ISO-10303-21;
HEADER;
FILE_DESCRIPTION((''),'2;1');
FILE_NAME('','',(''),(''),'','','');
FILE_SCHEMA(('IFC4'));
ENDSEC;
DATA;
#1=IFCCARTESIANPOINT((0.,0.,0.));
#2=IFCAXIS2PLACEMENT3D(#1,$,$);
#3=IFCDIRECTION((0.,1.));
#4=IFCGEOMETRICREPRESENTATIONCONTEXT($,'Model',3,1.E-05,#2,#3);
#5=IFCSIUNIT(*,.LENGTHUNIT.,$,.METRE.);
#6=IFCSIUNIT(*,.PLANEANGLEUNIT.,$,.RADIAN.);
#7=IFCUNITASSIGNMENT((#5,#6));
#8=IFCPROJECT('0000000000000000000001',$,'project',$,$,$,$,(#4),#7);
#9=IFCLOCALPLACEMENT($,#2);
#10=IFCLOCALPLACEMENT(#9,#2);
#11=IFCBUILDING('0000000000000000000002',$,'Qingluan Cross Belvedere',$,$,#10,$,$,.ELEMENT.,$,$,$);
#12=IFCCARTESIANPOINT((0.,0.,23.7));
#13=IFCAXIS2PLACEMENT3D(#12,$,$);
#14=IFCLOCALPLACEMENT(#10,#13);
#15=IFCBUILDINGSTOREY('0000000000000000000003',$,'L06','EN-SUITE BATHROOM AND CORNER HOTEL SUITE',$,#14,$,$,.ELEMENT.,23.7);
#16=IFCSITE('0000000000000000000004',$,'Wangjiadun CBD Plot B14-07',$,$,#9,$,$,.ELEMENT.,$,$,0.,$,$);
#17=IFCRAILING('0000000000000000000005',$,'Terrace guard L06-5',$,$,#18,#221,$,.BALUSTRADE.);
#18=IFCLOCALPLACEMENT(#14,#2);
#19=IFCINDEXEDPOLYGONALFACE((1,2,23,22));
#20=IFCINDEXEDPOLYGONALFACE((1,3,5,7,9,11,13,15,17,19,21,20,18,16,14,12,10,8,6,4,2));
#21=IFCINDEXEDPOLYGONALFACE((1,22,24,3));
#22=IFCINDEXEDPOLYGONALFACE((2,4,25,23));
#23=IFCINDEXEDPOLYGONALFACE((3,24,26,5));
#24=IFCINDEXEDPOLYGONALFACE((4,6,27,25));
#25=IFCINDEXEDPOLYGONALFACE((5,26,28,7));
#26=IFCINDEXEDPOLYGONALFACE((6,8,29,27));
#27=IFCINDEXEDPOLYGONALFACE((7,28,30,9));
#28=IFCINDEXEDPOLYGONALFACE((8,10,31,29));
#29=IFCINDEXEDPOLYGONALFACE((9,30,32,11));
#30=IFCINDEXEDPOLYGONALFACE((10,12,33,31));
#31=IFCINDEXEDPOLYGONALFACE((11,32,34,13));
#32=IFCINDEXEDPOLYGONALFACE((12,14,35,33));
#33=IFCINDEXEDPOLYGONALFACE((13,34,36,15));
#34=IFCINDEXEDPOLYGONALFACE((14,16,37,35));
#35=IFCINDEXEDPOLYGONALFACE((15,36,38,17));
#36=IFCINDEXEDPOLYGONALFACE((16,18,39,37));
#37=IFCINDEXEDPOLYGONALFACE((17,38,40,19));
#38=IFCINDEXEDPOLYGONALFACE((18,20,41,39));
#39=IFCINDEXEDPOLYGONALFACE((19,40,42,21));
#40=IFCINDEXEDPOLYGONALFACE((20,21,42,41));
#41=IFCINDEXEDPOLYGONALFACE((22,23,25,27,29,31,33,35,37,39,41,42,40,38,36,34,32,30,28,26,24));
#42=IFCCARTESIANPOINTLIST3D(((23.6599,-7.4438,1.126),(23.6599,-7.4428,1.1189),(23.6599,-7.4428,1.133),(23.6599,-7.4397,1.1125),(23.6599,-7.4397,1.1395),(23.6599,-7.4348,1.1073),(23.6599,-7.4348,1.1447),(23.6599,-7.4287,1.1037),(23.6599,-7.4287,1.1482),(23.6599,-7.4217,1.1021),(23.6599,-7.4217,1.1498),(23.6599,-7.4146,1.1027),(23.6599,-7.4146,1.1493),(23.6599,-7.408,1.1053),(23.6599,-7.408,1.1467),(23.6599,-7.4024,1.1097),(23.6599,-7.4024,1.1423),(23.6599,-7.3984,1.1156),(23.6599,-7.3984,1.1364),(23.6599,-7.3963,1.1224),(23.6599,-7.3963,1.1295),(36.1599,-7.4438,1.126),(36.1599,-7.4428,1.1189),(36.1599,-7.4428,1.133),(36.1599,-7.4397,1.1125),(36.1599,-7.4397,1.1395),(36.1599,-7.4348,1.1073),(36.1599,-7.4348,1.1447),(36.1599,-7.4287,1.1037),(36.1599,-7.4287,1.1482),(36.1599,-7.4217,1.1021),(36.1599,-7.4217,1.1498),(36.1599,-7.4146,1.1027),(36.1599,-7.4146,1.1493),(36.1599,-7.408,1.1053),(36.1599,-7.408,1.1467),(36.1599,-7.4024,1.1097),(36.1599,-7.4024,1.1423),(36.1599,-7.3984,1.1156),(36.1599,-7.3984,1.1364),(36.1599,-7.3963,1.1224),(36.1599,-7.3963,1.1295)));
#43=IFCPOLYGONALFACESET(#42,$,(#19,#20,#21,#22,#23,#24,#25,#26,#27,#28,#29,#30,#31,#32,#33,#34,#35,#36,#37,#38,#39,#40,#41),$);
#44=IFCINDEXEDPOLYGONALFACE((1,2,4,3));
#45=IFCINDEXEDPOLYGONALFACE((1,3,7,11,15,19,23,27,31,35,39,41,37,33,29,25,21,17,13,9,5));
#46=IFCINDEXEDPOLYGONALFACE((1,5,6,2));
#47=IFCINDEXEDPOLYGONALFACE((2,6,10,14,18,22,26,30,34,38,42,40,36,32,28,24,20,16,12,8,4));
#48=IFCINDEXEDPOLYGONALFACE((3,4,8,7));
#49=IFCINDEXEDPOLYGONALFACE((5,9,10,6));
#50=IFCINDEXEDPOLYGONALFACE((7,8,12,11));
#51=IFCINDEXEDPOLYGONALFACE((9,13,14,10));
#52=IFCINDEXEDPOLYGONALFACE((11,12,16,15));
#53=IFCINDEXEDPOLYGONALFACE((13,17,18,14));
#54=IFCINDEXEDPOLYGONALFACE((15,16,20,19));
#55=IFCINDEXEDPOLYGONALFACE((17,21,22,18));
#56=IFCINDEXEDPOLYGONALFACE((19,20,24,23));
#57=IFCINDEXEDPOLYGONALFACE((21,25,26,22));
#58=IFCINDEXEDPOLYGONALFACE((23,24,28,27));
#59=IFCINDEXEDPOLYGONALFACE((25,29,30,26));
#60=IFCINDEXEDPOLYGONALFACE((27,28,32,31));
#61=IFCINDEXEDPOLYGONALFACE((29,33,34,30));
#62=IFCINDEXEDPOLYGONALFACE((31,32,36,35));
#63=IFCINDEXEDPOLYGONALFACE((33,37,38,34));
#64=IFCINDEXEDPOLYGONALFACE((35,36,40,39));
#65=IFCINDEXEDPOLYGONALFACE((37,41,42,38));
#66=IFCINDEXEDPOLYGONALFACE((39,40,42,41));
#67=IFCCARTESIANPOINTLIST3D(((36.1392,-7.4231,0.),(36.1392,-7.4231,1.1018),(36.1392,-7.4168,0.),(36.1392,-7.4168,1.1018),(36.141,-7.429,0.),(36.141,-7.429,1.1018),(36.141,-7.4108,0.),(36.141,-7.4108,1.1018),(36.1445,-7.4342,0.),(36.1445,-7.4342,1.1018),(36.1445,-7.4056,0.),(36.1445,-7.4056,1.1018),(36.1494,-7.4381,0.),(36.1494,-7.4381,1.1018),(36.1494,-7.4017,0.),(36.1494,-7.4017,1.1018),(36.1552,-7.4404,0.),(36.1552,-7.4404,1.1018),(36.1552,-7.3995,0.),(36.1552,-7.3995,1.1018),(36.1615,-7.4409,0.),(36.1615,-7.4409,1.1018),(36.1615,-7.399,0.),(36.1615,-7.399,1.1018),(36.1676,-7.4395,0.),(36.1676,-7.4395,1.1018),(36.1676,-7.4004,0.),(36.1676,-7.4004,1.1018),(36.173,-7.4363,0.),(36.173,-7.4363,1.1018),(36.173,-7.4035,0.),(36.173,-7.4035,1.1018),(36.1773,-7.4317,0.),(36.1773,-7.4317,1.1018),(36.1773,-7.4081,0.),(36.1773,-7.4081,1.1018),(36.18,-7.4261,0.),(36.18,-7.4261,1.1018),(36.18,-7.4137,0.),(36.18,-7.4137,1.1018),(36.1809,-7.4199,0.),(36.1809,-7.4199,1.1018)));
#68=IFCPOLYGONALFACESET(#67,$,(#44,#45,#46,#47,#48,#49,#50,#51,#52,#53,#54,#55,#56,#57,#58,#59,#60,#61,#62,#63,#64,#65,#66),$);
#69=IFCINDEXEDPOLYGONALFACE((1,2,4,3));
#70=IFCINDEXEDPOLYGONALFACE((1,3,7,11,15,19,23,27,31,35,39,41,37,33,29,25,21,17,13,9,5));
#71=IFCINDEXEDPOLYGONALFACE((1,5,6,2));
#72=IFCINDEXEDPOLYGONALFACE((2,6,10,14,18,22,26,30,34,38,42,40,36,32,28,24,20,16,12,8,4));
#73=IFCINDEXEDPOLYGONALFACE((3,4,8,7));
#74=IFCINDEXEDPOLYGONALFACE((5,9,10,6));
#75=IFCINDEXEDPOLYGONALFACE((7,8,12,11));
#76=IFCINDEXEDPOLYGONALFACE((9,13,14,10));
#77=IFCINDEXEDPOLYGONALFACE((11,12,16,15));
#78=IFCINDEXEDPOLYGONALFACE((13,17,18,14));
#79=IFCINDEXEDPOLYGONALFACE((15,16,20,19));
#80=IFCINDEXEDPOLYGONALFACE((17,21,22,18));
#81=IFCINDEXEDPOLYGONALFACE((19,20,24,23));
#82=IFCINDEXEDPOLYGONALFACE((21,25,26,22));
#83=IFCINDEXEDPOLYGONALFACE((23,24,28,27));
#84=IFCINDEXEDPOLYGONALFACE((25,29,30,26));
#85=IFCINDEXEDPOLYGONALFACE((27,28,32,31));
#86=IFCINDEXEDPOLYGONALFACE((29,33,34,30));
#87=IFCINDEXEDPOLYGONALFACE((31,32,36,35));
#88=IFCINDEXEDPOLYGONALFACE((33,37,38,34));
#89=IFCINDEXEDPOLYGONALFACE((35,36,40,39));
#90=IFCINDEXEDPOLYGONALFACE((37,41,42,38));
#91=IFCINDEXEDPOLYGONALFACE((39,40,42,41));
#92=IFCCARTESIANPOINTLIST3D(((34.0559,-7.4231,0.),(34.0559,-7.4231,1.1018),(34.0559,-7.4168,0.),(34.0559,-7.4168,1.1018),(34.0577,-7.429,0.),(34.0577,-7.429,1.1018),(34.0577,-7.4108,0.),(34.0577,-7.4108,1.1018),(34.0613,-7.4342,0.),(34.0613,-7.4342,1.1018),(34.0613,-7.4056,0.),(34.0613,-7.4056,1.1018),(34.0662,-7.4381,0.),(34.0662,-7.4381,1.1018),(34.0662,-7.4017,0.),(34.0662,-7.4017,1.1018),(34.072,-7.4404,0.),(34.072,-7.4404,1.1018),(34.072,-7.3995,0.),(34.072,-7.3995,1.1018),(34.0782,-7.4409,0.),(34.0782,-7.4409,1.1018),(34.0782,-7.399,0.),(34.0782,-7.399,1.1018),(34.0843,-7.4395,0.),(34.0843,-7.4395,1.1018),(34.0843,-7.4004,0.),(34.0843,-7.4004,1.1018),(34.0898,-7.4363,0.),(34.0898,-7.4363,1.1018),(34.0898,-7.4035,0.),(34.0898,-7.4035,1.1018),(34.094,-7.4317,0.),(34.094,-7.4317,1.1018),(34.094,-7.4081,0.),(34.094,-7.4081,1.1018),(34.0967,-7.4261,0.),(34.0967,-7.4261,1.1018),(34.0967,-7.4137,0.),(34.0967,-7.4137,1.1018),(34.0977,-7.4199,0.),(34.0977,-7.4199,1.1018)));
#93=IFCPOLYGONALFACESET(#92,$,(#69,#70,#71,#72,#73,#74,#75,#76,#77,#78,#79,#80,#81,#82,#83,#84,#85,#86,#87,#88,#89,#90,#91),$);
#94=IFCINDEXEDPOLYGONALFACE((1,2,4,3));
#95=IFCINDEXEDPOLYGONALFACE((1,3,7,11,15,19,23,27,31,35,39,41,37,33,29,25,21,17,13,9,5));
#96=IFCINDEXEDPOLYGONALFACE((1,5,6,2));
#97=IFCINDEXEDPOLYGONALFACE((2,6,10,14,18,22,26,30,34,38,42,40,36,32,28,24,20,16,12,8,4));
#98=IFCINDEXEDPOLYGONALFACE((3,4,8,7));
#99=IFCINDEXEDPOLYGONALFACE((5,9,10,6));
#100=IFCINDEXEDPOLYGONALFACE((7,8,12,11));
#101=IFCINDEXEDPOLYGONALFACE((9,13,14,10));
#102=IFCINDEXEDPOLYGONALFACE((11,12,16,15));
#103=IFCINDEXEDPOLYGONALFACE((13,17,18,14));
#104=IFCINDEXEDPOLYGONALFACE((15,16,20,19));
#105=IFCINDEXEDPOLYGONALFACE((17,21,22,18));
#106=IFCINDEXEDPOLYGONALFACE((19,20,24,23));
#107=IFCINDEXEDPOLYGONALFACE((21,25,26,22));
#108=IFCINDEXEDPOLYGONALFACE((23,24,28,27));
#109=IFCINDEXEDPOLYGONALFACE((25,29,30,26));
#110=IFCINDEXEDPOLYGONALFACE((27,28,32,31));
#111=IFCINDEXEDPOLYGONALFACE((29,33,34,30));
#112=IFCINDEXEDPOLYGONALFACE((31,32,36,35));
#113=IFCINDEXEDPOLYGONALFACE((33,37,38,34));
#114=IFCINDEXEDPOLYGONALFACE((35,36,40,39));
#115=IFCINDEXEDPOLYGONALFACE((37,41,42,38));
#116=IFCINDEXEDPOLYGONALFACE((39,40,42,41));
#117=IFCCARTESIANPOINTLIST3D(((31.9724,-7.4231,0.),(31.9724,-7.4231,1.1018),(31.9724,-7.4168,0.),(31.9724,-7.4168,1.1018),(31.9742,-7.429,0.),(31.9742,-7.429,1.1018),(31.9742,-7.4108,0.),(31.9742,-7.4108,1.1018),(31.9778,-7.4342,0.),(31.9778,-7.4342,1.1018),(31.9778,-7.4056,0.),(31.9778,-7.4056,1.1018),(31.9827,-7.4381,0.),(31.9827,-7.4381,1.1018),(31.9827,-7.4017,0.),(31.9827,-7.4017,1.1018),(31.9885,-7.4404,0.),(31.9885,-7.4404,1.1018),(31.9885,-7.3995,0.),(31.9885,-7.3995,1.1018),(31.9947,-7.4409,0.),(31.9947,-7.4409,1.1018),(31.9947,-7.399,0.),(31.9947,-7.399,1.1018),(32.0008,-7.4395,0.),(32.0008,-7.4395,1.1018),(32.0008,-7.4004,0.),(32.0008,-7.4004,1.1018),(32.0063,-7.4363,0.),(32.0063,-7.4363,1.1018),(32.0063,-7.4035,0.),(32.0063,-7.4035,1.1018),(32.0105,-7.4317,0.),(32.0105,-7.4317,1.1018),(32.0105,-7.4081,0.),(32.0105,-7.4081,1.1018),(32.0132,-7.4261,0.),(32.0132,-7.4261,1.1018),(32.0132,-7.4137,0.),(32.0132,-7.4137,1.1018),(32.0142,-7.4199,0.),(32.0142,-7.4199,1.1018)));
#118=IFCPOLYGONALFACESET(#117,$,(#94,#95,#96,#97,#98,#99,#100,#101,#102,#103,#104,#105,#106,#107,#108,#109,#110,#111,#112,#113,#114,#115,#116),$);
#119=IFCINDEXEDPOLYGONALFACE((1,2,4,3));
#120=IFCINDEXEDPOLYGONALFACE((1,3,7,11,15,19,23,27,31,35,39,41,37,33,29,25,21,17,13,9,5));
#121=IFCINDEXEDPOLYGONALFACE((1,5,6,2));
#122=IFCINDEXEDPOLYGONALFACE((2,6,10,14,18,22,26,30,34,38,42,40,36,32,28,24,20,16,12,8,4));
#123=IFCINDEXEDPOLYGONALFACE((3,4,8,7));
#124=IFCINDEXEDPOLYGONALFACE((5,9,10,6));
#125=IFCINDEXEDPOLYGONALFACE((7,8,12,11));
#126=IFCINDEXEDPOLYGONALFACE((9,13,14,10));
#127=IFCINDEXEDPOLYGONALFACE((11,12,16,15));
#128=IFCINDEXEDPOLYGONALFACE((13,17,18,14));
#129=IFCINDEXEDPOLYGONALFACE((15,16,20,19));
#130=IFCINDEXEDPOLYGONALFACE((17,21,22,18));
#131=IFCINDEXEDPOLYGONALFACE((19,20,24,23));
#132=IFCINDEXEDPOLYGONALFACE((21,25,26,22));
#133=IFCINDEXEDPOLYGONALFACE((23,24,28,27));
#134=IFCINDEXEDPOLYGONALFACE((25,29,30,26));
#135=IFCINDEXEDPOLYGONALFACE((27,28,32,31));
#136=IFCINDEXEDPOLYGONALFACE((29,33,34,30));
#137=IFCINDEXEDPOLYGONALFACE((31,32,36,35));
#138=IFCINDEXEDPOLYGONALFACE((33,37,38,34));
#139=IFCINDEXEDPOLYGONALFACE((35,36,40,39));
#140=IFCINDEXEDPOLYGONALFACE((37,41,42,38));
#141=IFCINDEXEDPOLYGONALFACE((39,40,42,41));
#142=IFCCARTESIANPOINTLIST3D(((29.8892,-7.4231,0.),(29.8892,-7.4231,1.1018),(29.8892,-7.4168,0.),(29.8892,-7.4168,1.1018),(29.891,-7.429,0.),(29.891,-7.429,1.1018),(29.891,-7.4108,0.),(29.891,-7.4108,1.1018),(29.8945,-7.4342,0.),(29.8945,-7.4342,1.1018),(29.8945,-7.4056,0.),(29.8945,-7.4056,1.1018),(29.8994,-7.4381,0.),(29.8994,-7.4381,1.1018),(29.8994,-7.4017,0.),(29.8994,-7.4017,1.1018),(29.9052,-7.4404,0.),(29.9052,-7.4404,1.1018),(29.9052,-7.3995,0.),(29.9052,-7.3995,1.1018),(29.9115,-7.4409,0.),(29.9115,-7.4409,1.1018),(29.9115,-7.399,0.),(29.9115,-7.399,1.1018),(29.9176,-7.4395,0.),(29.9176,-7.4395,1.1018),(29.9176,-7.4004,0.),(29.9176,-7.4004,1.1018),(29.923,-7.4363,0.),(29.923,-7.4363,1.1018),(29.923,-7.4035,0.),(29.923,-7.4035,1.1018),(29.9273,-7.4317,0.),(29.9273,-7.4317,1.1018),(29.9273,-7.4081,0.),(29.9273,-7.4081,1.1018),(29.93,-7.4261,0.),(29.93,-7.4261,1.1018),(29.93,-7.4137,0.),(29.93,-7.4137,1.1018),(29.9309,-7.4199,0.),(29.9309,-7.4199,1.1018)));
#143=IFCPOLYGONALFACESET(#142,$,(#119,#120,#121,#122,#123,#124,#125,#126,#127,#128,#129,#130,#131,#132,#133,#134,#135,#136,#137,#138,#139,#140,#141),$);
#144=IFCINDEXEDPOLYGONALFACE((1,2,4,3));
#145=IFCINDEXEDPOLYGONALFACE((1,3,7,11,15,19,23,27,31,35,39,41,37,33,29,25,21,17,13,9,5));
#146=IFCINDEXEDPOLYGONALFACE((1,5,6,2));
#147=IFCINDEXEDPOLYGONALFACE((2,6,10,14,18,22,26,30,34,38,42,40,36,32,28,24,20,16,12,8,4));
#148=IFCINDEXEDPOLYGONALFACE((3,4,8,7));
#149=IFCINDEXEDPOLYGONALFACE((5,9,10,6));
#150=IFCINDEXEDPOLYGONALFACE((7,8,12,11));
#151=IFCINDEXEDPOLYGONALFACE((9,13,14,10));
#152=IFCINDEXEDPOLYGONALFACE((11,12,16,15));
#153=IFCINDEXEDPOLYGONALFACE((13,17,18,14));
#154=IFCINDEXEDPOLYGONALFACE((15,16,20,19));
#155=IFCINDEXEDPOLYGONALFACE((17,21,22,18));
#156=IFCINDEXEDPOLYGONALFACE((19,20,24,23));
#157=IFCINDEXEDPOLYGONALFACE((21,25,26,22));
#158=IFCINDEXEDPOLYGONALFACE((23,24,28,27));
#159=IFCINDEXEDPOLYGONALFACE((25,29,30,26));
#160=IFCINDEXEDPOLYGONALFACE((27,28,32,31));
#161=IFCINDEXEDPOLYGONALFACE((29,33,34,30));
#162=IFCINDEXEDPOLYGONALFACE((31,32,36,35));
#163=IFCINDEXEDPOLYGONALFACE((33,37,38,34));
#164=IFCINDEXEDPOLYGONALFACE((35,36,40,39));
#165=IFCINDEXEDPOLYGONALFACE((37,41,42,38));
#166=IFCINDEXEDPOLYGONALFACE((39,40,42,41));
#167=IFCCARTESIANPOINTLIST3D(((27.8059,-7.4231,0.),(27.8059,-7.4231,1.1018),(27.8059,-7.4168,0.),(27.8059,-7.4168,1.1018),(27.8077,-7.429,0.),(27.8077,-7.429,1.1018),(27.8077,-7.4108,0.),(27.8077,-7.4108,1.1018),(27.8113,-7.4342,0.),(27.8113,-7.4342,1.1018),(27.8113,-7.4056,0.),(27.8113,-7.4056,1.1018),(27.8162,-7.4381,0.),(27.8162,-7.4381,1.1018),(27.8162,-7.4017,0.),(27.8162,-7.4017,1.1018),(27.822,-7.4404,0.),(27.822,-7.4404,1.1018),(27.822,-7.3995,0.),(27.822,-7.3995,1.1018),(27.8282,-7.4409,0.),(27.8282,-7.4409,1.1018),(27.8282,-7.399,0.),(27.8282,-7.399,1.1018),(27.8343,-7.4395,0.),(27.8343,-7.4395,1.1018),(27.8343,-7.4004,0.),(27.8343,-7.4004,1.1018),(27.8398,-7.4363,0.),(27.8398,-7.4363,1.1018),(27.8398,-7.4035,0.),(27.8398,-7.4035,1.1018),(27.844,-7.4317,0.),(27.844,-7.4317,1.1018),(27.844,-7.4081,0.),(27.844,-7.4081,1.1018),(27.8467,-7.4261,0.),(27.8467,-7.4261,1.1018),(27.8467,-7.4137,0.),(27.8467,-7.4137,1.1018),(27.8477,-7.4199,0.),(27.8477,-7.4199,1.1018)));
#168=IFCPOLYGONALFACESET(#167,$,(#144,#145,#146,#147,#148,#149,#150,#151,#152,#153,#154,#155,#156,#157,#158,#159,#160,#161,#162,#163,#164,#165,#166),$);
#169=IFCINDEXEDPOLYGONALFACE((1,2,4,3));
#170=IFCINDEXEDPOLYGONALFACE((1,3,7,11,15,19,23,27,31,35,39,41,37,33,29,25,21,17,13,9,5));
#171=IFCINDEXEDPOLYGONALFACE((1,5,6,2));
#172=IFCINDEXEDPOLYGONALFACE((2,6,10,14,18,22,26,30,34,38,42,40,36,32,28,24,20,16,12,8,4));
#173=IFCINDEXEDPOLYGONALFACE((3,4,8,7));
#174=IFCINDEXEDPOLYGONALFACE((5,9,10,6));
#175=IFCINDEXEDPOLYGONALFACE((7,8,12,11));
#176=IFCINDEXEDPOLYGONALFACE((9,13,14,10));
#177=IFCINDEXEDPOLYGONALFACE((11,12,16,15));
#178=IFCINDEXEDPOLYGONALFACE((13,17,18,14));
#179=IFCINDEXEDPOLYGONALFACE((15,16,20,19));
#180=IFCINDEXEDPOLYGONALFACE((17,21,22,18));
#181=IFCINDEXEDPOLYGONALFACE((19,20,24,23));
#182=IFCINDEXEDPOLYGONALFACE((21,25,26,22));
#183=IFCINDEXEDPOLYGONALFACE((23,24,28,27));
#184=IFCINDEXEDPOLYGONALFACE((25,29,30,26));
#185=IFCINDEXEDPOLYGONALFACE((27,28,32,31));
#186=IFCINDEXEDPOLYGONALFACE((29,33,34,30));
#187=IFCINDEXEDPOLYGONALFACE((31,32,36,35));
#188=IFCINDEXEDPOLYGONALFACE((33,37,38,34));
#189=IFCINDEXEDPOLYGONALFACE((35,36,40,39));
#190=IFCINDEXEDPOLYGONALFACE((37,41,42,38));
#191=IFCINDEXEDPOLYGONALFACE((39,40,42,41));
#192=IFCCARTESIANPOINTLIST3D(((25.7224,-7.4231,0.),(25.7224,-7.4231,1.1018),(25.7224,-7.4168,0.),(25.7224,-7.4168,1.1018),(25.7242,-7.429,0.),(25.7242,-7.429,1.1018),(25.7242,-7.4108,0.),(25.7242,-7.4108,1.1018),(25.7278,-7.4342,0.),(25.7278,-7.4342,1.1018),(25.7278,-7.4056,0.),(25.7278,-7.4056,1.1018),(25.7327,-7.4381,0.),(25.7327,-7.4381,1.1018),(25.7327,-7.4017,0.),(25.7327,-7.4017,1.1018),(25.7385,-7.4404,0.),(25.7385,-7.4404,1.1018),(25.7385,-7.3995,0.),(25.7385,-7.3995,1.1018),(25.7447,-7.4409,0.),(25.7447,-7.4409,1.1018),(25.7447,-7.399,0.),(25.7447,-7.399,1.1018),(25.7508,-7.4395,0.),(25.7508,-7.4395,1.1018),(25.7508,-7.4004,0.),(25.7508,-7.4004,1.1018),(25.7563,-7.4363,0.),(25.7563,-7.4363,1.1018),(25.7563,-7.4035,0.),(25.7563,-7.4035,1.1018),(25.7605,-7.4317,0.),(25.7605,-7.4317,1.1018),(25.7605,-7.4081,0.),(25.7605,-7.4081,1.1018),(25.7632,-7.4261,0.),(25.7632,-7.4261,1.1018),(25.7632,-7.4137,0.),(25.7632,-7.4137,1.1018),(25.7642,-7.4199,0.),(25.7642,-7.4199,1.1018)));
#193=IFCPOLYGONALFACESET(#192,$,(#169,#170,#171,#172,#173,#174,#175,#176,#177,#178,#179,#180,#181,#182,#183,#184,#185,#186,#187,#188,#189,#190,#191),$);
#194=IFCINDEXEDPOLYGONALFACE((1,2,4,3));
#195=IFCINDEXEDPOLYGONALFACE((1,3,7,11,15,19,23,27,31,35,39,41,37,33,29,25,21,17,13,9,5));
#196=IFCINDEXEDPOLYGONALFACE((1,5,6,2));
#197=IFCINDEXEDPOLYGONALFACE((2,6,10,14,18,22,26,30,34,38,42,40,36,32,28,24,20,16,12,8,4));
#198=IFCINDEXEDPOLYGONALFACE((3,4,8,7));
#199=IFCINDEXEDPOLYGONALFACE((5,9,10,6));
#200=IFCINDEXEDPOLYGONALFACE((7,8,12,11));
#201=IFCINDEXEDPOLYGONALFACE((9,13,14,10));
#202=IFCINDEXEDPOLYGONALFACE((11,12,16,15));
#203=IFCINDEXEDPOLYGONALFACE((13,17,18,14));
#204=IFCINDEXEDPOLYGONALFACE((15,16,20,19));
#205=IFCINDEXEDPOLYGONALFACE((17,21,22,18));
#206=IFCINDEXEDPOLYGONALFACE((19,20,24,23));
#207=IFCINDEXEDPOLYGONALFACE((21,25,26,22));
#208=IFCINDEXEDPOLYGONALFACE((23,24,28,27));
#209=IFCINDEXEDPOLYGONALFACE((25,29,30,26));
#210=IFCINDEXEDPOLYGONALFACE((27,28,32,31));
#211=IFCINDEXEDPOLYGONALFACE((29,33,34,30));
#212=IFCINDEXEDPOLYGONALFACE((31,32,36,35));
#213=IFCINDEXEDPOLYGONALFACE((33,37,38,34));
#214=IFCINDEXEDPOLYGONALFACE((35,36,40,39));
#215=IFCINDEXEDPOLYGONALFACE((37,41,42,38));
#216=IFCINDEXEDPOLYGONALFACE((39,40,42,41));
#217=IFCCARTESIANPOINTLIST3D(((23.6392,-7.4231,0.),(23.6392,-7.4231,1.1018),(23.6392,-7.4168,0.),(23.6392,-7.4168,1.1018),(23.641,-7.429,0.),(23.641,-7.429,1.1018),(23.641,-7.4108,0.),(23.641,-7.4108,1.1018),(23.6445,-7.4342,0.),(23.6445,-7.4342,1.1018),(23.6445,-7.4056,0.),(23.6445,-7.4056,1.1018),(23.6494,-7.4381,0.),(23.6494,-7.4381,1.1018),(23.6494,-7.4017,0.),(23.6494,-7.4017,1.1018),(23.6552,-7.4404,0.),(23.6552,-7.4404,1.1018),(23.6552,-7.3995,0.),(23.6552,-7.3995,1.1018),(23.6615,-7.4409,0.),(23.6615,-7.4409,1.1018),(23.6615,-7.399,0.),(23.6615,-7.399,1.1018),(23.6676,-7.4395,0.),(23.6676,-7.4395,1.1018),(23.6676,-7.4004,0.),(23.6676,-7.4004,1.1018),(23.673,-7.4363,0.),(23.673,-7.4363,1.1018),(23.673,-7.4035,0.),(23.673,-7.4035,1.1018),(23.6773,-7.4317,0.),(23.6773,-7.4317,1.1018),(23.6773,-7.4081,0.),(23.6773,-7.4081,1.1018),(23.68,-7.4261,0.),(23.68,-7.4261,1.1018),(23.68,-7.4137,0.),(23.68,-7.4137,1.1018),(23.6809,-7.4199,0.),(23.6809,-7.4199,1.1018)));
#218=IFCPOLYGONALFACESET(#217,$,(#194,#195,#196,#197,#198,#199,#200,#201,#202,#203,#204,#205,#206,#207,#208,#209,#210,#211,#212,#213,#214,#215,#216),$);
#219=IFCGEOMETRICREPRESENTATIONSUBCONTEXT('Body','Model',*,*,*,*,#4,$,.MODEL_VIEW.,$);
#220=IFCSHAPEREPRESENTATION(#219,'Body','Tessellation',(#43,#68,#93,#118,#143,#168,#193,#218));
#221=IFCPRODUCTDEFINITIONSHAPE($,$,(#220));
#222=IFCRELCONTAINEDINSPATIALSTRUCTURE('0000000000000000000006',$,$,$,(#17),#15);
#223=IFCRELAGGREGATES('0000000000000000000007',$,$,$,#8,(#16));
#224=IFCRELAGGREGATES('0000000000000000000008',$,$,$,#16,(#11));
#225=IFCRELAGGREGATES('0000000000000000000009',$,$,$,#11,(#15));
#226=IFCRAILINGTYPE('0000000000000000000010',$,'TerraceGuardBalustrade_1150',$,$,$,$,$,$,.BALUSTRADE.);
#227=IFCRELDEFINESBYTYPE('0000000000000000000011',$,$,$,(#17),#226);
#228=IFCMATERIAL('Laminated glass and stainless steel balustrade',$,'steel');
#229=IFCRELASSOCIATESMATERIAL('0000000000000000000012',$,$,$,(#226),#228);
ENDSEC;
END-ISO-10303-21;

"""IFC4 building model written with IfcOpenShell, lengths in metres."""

from ifc_helpers import new_model, si_unit, direction, frame, origin, origin_2d, place, context, subcontext, project, spatial, circle, extrude, material, type_object, element, save


model = new_model("IFC4")

# Units and contexts
model_context = context("Model", 3, precision=1e-05, world=origin(), true_north=direction((0.0, 1.0)))
body_context = subcontext(model_context, "Body", "Model", "MODEL_VIEW")
ifc_project = project(units=[si_unit("LENGTHUNIT", "METRE"), si_unit("PLANEANGLEUNIT", "RADIAN")], contexts=[model_context])

# Site, building, storey
site_placement = place(None, origin())
site = spatial("IfcSite", under=ifc_project, at=site_placement, Name="Wangjiadun CBD Plot B14-07", CompositionType="ELEMENT", RefElevation=0.0)
building_placement = place(site_placement, origin())
building = spatial("IfcBuilding", under=site, at=building_placement, Name="Qingluan Cross Belvedere", CompositionType="ELEMENT")
storey_placement = place(building_placement, frame((0.0, 0.0, 23.7)))
storey = spatial("IfcBuildingStorey", under=building, at=storey_placement, Name="L06", Description="EN-SUITE BATHROOM AND CORNER HOTEL SUITE", CompositionType="ELEMENT", Elevation=23.7)

# Railing
ifc_material_1 = material(Name="Laminated glass and stainless steel balustrade", Category="steel")
railing_type = type_object("IfcRailingType", Name="TerraceGuardBalustrade_1150", PredefinedType="BALUSTRADE", material=ifc_material_1)
railing_1_placement = place(storey_placement, frame((36.1599, -7.4199, 0.0)))
element("IfcRailing", 1, at=railing_1_placement, inside=storey, type_object=railing_type, Name="Terrace guard L06-5", PredefinedType="BALUSTRADE", context=body_context, shape_type="SweptSolid", body=[
    extrude(circle(Radius=0.0239, at=origin_2d()), frame((0.0, 0.0, 1.126), z_axis=(-1.0, 0.0, 0.0), x_axis=(0.0, -1.0, 0.0)), (0.0, 0.0, 1.0), 12.5),
    extrude(circle(Radius=0.021, at=origin_2d()), origin(), (0.0, 0.0, 1.0), 1.1018),
    extrude(circle(Radius=0.021, at=origin_2d()), frame((-2.0833, 0.0, 0.0)), (0.0, 0.0, 1.0), 1.1018),
    extrude(circle(Radius=0.021, at=origin_2d()), frame((-4.1667, 0.0, 0.0)), (0.0, 0.0, 1.0), 1.1018),
    extrude(circle(Radius=0.021, at=origin_2d()), frame((-6.25, 0.0, 0.0)), (0.0, 0.0, 1.0), 1.1018),
    extrude(circle(Radius=0.021, at=origin_2d()), frame((-8.3333, 0.0, 0.0)), (0.0, 0.0, 1.0), 1.1018),
    extrude(circle(Radius=0.021, at=origin_2d()), frame((-10.4167, 0.0, 0.0)), (0.0, 0.0, 1.0), 1.1018),
    extrude(circle(Radius=0.021, at=origin_2d()), frame((-12.5, 0.0, 0.0)), (0.0, 0.0, 1.0), 1.1018),
])

save(model, "model.ifc")
